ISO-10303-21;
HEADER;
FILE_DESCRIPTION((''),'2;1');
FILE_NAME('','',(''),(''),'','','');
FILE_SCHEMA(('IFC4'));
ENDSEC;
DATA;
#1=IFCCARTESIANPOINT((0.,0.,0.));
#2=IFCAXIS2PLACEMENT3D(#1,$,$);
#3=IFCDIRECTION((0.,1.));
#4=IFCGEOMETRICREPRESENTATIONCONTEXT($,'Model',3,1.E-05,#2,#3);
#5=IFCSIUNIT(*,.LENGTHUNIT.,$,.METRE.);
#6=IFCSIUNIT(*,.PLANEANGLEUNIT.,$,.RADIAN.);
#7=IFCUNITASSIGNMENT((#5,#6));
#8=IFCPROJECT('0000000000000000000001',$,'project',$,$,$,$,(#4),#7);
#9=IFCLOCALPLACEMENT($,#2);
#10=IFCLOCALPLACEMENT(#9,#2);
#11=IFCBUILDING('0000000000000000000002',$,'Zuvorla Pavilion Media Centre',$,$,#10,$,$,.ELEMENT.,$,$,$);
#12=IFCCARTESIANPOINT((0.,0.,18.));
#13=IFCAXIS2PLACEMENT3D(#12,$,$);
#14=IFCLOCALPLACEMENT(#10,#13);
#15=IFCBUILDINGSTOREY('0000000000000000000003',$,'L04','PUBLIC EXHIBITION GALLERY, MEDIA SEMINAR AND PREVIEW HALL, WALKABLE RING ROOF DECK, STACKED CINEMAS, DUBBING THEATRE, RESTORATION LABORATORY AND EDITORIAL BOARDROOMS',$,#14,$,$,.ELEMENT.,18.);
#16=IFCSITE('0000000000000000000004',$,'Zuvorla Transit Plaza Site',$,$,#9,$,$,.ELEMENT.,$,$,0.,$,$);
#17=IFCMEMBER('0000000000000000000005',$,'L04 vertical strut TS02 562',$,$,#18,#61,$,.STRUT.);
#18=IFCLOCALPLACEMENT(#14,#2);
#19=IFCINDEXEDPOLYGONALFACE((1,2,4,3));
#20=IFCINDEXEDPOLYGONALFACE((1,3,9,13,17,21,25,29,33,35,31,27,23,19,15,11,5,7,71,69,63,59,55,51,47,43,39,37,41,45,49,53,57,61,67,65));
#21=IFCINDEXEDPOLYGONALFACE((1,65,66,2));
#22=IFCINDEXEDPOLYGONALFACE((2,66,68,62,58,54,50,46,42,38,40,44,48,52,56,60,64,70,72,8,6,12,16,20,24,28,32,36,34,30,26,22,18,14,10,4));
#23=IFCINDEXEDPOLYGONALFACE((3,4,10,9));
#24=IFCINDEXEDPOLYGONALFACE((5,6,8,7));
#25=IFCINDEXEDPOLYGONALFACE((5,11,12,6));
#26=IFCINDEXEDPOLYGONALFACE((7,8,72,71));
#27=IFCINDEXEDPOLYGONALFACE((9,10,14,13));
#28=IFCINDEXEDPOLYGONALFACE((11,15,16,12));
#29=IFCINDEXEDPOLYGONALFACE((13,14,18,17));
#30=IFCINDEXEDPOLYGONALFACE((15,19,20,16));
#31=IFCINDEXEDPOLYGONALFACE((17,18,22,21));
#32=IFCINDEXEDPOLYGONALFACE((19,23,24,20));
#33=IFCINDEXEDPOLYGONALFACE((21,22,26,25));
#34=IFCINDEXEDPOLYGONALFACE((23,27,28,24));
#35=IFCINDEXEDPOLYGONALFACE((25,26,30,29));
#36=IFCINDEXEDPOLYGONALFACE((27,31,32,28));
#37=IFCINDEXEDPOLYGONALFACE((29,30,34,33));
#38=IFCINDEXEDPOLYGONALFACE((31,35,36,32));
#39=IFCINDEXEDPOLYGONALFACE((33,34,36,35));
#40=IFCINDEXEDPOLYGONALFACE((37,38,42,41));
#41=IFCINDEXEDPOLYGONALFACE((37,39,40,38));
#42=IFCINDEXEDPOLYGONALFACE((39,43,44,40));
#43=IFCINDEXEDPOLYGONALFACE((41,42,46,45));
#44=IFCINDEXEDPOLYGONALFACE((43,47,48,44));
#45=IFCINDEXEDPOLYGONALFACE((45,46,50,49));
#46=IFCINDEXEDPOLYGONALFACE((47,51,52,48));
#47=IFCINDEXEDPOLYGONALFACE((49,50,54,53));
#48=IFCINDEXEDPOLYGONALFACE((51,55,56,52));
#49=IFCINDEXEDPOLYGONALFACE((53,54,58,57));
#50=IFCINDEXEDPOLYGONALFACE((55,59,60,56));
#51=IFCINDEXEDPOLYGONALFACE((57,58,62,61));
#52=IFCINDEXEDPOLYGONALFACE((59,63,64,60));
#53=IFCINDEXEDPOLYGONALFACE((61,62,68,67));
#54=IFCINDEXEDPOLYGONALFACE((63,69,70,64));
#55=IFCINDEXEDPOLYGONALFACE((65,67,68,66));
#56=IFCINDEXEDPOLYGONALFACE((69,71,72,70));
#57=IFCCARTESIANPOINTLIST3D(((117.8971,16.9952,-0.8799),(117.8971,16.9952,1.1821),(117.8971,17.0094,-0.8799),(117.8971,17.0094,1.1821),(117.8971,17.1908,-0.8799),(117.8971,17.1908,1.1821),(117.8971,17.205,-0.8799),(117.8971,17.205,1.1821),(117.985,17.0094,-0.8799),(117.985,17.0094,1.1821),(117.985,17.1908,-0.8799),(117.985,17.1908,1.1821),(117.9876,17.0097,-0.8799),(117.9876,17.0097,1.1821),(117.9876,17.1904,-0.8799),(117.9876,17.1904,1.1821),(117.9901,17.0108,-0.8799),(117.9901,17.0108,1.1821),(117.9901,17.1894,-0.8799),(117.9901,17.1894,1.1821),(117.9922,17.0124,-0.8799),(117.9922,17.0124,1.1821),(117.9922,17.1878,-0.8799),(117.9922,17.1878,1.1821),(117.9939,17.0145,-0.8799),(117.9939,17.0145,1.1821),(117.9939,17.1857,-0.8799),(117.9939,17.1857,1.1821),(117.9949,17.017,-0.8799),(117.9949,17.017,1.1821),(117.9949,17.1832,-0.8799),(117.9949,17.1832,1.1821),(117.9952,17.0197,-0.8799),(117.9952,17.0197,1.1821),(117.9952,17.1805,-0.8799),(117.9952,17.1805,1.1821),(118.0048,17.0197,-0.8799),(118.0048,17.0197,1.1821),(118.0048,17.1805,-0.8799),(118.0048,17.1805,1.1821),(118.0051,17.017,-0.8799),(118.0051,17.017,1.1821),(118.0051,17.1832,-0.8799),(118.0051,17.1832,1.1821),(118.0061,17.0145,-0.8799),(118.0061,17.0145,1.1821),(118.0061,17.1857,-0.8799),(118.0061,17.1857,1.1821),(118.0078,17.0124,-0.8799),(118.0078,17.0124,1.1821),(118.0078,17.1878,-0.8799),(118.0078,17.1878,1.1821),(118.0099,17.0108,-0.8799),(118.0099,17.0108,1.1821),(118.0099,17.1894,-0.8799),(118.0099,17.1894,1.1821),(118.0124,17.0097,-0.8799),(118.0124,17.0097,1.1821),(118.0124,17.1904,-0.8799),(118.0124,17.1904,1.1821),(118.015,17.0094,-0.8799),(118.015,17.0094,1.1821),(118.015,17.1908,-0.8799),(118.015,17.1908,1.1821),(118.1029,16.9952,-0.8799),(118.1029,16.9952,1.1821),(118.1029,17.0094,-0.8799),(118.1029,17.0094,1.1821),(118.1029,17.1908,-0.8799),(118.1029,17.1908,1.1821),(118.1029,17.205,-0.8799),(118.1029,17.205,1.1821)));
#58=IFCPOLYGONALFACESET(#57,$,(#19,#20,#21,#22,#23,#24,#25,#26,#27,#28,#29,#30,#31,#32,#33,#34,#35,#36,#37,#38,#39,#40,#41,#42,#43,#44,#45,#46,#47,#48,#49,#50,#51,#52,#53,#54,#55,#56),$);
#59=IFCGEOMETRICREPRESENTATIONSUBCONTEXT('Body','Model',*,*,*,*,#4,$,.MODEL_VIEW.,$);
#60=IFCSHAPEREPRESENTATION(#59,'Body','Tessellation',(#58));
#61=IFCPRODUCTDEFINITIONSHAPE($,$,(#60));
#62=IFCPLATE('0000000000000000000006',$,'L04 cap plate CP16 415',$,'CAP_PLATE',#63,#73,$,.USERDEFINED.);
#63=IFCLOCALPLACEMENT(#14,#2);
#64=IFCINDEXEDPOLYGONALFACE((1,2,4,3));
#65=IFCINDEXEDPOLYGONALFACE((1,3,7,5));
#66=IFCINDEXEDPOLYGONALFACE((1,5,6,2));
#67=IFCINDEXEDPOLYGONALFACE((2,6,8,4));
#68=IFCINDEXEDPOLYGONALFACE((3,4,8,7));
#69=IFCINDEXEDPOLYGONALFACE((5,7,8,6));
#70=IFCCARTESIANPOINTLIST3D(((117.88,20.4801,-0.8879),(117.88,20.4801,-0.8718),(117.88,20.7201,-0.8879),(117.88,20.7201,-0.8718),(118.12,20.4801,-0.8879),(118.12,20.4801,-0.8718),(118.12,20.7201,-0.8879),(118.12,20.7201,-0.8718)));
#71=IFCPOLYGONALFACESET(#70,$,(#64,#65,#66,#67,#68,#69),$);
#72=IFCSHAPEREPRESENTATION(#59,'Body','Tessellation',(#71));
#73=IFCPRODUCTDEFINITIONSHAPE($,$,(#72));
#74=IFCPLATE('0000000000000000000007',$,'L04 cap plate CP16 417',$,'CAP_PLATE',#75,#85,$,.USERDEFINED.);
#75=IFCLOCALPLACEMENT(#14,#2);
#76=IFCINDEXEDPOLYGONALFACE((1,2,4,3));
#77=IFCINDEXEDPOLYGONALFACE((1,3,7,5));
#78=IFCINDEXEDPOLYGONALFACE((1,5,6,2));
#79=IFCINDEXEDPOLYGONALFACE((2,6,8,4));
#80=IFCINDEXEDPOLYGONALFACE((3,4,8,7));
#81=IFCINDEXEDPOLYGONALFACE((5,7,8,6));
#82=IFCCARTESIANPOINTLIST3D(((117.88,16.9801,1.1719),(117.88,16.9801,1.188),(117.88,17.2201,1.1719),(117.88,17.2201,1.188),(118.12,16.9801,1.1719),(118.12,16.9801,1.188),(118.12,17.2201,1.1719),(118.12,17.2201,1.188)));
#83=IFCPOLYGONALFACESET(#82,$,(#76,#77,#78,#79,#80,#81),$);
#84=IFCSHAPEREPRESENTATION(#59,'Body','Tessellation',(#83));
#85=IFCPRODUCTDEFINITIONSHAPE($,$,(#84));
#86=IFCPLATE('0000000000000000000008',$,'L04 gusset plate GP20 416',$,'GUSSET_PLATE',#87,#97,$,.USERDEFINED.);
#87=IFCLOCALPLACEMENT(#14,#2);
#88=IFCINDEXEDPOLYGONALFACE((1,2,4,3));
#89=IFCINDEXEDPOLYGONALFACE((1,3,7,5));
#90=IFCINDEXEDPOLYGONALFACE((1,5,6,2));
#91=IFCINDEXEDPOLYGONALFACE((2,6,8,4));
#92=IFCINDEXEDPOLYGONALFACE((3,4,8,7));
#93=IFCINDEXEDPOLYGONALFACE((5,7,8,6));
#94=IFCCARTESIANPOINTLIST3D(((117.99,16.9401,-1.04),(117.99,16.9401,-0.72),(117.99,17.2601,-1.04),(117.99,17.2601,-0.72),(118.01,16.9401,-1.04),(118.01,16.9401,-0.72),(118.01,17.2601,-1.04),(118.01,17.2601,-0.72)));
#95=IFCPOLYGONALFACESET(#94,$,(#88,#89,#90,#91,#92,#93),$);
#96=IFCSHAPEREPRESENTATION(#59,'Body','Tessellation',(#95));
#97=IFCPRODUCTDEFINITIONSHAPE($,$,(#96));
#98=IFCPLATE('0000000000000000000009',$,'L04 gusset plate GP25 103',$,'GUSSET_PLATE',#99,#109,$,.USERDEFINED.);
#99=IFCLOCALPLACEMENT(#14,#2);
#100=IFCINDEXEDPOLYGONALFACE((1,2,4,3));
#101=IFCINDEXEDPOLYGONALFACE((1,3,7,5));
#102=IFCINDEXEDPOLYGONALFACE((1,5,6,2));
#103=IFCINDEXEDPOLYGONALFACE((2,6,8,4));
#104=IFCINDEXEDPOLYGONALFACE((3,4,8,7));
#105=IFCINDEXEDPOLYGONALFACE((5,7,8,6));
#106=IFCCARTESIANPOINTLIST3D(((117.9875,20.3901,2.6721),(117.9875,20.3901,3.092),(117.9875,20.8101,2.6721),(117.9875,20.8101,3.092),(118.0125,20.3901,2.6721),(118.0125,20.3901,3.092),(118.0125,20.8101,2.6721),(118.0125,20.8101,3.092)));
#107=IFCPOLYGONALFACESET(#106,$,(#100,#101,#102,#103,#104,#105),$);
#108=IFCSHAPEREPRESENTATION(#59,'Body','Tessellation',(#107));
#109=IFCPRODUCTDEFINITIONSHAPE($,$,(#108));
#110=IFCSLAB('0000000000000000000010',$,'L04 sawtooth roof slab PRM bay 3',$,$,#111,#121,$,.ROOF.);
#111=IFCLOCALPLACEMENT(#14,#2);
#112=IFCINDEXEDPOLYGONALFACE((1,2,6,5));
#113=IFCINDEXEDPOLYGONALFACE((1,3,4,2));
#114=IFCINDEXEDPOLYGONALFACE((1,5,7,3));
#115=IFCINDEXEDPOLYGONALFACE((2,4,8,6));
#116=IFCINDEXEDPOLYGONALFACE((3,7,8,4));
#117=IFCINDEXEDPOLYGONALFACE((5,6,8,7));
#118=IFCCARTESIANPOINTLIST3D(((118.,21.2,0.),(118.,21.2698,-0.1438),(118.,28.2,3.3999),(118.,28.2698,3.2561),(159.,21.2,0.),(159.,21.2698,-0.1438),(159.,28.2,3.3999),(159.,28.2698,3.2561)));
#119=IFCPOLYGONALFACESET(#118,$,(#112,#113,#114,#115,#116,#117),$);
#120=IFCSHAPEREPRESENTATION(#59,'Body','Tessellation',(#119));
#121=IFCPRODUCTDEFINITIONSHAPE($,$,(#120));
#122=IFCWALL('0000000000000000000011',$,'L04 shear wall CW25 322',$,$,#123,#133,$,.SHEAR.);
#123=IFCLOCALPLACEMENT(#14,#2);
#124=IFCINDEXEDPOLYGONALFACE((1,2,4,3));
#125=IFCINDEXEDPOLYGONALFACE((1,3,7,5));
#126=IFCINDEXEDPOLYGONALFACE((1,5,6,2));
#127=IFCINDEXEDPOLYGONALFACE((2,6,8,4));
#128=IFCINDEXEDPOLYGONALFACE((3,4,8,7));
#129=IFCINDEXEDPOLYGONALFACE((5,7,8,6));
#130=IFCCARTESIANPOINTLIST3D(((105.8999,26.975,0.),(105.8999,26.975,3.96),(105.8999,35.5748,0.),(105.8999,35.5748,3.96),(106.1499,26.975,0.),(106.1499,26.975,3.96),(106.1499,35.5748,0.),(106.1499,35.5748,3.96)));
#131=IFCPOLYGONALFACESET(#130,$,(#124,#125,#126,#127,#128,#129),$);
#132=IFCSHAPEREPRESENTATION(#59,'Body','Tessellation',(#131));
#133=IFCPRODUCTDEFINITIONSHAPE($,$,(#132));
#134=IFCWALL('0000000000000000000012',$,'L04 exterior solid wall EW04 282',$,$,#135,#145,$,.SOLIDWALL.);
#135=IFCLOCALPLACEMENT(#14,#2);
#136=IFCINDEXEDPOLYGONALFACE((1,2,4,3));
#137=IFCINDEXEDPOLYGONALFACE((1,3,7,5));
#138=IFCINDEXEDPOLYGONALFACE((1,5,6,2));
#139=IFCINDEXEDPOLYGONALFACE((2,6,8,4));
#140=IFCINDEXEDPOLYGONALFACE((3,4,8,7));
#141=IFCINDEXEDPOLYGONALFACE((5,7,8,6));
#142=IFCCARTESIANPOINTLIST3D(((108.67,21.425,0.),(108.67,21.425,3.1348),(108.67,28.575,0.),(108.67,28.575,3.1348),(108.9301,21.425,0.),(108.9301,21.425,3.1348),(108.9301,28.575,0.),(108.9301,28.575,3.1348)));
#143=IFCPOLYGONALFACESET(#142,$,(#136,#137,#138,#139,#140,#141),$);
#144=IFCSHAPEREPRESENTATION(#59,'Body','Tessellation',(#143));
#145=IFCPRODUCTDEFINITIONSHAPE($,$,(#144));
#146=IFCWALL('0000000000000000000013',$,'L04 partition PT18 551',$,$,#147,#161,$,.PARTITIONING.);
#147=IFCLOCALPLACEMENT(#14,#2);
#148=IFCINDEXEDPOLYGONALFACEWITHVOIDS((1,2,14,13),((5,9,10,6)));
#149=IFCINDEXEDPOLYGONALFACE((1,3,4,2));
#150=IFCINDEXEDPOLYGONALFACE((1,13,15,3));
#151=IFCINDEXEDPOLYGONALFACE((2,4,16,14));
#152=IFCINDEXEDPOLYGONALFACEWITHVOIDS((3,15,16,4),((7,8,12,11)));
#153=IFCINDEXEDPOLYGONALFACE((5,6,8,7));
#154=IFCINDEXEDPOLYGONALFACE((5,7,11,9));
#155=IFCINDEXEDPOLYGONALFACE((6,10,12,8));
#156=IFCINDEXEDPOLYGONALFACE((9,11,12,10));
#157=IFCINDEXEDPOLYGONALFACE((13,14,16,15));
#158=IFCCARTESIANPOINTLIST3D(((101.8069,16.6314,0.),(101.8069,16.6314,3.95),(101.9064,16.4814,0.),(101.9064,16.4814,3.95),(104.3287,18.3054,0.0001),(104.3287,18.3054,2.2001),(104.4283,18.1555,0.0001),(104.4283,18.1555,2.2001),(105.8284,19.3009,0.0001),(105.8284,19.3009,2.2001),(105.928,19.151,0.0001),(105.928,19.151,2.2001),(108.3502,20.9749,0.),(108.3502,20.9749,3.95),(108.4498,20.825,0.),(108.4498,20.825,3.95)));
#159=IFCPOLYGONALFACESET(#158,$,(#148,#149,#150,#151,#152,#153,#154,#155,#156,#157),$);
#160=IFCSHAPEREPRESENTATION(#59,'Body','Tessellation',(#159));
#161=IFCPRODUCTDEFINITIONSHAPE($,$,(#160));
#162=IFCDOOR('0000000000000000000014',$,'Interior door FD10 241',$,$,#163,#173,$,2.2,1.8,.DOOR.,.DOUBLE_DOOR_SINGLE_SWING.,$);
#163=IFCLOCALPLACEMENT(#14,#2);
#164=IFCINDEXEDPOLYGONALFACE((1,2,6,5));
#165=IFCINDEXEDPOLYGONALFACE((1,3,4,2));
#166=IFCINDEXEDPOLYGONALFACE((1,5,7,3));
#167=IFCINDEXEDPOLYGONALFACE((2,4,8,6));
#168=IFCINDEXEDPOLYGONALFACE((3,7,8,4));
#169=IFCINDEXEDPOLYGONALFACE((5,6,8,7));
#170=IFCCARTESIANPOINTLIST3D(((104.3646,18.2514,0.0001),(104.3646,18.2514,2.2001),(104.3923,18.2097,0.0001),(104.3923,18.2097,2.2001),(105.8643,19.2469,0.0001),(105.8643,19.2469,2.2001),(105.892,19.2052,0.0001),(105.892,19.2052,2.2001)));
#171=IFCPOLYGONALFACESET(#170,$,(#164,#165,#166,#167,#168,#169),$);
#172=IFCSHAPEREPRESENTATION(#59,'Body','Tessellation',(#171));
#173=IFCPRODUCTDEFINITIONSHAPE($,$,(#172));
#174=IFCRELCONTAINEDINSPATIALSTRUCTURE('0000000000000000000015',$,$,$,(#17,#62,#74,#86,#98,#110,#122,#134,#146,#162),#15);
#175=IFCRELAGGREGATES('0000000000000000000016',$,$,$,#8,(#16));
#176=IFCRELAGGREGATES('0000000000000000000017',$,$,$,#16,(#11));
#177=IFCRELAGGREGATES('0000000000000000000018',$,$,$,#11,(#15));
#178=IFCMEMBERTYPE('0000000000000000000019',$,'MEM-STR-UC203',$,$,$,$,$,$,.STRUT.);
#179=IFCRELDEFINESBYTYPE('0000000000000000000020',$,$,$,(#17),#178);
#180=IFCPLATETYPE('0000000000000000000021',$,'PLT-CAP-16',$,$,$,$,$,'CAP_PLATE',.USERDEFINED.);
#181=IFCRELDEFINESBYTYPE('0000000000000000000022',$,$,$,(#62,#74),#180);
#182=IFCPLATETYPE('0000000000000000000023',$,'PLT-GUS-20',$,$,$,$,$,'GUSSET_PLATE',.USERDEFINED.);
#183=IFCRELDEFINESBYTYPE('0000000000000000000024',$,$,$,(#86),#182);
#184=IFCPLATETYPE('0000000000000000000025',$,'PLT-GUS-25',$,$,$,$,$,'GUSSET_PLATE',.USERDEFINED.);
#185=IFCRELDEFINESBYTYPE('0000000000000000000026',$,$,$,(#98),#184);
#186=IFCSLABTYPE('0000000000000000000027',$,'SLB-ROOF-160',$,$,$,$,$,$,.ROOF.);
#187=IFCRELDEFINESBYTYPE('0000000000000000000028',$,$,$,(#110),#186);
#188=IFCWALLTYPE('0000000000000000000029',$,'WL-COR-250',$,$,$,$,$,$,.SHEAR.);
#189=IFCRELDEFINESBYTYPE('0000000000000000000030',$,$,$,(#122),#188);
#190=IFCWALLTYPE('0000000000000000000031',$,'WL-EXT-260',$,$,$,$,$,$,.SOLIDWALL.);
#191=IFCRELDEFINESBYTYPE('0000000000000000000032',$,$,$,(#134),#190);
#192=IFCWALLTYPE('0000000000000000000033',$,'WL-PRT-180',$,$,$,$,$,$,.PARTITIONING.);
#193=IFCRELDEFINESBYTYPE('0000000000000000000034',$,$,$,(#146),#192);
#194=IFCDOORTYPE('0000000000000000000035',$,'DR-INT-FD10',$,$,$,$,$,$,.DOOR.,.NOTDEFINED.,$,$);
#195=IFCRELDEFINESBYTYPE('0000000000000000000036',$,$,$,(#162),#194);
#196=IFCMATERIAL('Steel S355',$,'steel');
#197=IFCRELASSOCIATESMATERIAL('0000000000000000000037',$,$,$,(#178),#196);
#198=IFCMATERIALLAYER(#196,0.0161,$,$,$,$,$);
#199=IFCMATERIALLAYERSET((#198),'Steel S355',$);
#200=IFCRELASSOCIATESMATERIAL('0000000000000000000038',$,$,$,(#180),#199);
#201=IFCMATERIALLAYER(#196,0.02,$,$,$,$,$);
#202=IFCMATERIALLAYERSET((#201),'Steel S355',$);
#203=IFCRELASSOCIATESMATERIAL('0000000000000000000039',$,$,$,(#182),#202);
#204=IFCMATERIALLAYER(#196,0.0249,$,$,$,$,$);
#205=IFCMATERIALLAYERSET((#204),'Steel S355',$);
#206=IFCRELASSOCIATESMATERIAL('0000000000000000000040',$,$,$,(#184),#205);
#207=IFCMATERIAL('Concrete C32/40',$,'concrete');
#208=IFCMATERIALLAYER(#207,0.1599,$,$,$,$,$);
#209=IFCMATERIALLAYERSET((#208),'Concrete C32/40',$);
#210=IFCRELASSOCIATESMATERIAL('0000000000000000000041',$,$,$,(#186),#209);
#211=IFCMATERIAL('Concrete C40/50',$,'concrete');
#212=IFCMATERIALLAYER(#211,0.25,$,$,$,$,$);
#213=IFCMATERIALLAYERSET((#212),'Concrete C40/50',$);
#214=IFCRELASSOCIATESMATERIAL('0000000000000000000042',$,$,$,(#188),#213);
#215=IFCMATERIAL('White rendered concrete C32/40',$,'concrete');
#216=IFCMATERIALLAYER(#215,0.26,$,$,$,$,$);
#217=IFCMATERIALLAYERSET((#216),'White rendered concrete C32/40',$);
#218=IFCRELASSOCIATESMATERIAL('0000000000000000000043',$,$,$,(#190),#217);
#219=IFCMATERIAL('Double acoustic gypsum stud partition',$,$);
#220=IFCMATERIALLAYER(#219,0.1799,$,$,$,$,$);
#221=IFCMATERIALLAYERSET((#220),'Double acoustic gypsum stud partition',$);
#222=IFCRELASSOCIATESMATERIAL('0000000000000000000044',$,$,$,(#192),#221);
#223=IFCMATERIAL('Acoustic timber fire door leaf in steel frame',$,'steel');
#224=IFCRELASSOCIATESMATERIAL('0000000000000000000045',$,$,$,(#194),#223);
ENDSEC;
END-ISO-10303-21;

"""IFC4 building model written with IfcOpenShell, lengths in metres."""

from ifc_helpers import new_model, si_unit, direction, frame, frame_2d, origin, origin_2d, place, context, subcontext, project, spatial, polyline, rectangle, i_section, outline, extrude, material, layer, layer_set, material_profile, profile_set, type_object, element, fill, save


model = new_model("IFC4")

# Units and contexts
model_context = context("Model", 3, precision=1e-05, world=origin(), true_north=direction((0.0, 1.0)))
body_context = subcontext(model_context, "Body", "Model", "MODEL_VIEW")
ifc_project = project(units=[si_unit("LENGTHUNIT", "METRE"), si_unit("PLANEANGLEUNIT", "RADIAN")], contexts=[model_context])

# Site, building, storey
site_placement = place(None, origin())
site = spatial("IfcSite", under=ifc_project, at=site_placement, Name="Zuvorla Transit Plaza Site", CompositionType="ELEMENT", RefElevation=0.0)
building_placement = place(site_placement, origin())
building = spatial("IfcBuilding", under=site, at=building_placement, Name="Zuvorla Pavilion Media Centre", CompositionType="ELEMENT")
storey_placement = place(building_placement, frame((0.0, 0.0, 18.0)))
storey = spatial("IfcBuildingStorey", under=building, at=storey_placement, Name="L04", Description="PUBLIC EXHIBITION GALLERY, MEDIA SEMINAR AND PREVIEW HALL, WALKABLE RING ROOF DECK, STACKED CINEMAS, DUBBING THEATRE, RESTORATION LABORATORY AND EDITORIAL BOARDROOMS", CompositionType="ELEMENT", Elevation=18.0)

# Shared definitions
ifc_material_1 = material(Name="Concrete C40/50", Category="concrete")

# Shared definitions
ifc_material_2 = material(Name="Steel S355", Category="steel")

# Member
ifc_material_profile_1 = material_profile(ifc_material_2, i_section(OverallWidth=0.2058, OverallDepth=0.2097, WebThickness=0.0095, FlangeThickness=0.0142, FilletRadius=0.0103, at=origin_2d()), Name="UC 203x203x60")
ifc_profile_set_1 = profile_set([ifc_material_profile_1], Name="Steel S355")
member_type_1 = type_object("IfcMemberType", Name="MEM-STR-UC203", PredefinedType="STRUT", material=ifc_profile_set_1)
member_1_placement = place(storey_placement, frame((118.0, 17.1001, -0.8799), z_axis=(0.0, 0.0, 1.0), x_axis=(1.0, 0.0, 0.0)))
element("IfcMember", 1, at=member_1_placement, inside=storey, type_object=member_type_1, Name="L04 vertical strut TS02 562", PredefinedType="STRUT", context=body_context, shape_type="SweptSolid", body=[
    extrude(i_section(OverallWidth=0.2058, OverallDepth=0.2097, WebThickness=0.0095, FlangeThickness=0.0142, FilletRadius=0.0103, at=origin_2d()), origin(), (0.0, 0.0, 1.0), 2.062),
])

# Plates
ifc_layer_1 = layer(ifc_material_2, 0.0161)
ifc_layer_set_1 = layer_set([ifc_layer_1], Name="Steel S355")
plate_type_1 = type_object("IfcPlateType", Name="PLT-CAP-16", ElementType="CAP_PLATE", PredefinedType="USERDEFINED", material=ifc_layer_set_1)
for number, where, z_axis, x_axis, name in (
    (2, (118.0, 20.6001, -0.8879), (0.0, 0.0, 1.0), (1.0, 0.0, 0.0), "L04 cap plate CP16 415"),
    (3, (118.0, 17.1001, 1.1719), (0.0, 0.0, 1.0), (1.0, 0.0, 0.0), "L04 cap plate CP16 417"),
):
    element("IfcPlate", number, at=place(storey_placement, frame(where, z_axis=z_axis, x_axis=x_axis)), inside=storey, type_object=plate_type_1, Name=name, ObjectType="CAP_PLATE", PredefinedType="USERDEFINED", context=body_context, shape_type="SweptSolid", body=[
        extrude(rectangle(XDim=0.24, YDim=0.24, at=origin_2d()), origin(), (0.0, 0.0, 1.0), 0.0161),
    ])
ifc_layer_2 = layer(ifc_material_2, 0.02)
ifc_layer_set_2 = layer_set([ifc_layer_2], Name="Steel S355")
plate_type_2 = type_object("IfcPlateType", Name="PLT-GUS-20", ElementType="GUSSET_PLATE", PredefinedType="USERDEFINED", material=ifc_layer_set_2)
plate_1_placement = place(storey_placement, frame((118.0, 17.1001, -1.04), z_axis=(0.0, 0.0, 1.0), x_axis=(1.0, 0.0, 0.0)))
element("IfcPlate", 4, at=plate_1_placement, inside=storey, type_object=plate_type_2, Name="L04 gusset plate GP20 416", ObjectType="GUSSET_PLATE", PredefinedType="USERDEFINED", context=body_context, shape_type="SweptSolid", body=[
    extrude(rectangle(XDim=0.02, YDim=0.3201, at=origin_2d()), origin(), (0.0, 0.0, 1.0), 0.3201),
])
ifc_layer_3 = layer(ifc_material_2, 0.0249)
ifc_layer_set_3 = layer_set([ifc_layer_3], Name="Steel S355")
plate_type_3 = type_object("IfcPlateType", Name="PLT-GUS-25", ElementType="GUSSET_PLATE", PredefinedType="USERDEFINED", material=ifc_layer_set_3)
plate_2_placement = place(storey_placement, frame((118.0, 20.6001, 2.6721), z_axis=(0.0, 0.0, 1.0), x_axis=(1.0, 0.0, 0.0)))
element("IfcPlate", 5, at=plate_2_placement, inside=storey, type_object=plate_type_3, Name="L04 gusset plate GP25 103", ObjectType="GUSSET_PLATE", PredefinedType="USERDEFINED", context=body_context, shape_type="SweptSolid", body=[
    extrude(rectangle(XDim=0.0249, YDim=0.4199, at=origin_2d()), origin(), (0.0, 0.0, 1.0), 0.4199),
])

# Slab
ifc_material_3 = material(Name="Concrete C32/40", Category="concrete")
ifc_layer_4 = layer(ifc_material_3, 0.1599)
ifc_layer_set_4 = layer_set([ifc_layer_4], Name="Concrete C32/40")
slab_type = type_object("IfcSlabType", Name="SLB-ROOF-160", PredefinedType="ROOF", material=ifc_layer_set_4)
slab_placement = place(storey_placement, frame((118.0, 21.2, 0.0), z_axis=(0.0, -0.436894, 0.899513), x_axis=(1.0, 0.0, 0.0)))
element("IfcSlab", 6, at=slab_placement, inside=storey, type_object=slab_type, Name="L04 sawtooth roof slab PRM bay 3", PredefinedType="ROOF", context=body_context, shape_type="SweptSolid", body=[
    extrude(outline(polyline([(0.0, 0.0), (41.0, 0.0), (41.0, 7.782), (0.0, 7.782), (0.0, 0.0)])), origin(), (0.0, 0.0, -1.0), 0.1599),
])

# Walls
ifc_layer_5 = layer(ifc_material_1, 0.25)
ifc_layer_set_5 = layer_set([ifc_layer_5], Name="Concrete C40/50")
wall_type_1 = type_object("IfcWallType", Name="WL-COR-250", PredefinedType="SHEAR", material=ifc_layer_set_5)
wall_1_placement = place(storey_placement, frame((106.0249, 26.9751, 0.0), z_axis=(0.0, 0.0, 1.0), x_axis=(0.0, 1.0, 0.0)))
element("IfcWall", 7, at=wall_1_placement, inside=storey, type_object=wall_type_1, Name="L04 shear wall CW25 322", PredefinedType="SHEAR", context=body_context, shape_type="SweptSolid", body=[
    extrude(rectangle(XDim=8.5999, YDim=0.25, at=frame_2d((4.2998, 0.0))), origin(), (0.0, 0.0, 1.0), 3.96),
])
ifc_material_4 = material(Name="White rendered concrete C32/40", Category="concrete")
ifc_layer_6 = layer(ifc_material_4, 0.26)
ifc_layer_set_6 = layer_set([ifc_layer_6], Name="White rendered concrete C32/40")
wall_type_2 = type_object("IfcWallType", Name="WL-EXT-260", PredefinedType="SOLIDWALL", material=ifc_layer_set_6)
wall_2_placement = place(storey_placement, frame((108.8, 21.425, 0.0), z_axis=(0.0, 0.0, 1.0), x_axis=(0.0, 1.0, 0.0)))
element("IfcWall", 8, at=wall_2_placement, inside=storey, type_object=wall_type_2, Name="L04 exterior solid wall EW04 282", PredefinedType="SOLIDWALL", context=body_context, shape_type="SweptSolid", body=[
    extrude(rectangle(XDim=7.1499, YDim=0.26, at=frame_2d((3.575, 0.0))), origin(), (0.0, 0.0, 1.0), 3.1348),
])

# Wall, opening, door
ifc_material_5 = material(Name="Double acoustic gypsum stud partition")
ifc_layer_7 = layer(ifc_material_5, 0.1799)
ifc_layer_set_7 = layer_set([ifc_layer_7], Name="Double acoustic gypsum stud partition")
wall_type_3 = type_object("IfcWallType", Name="WL-PRT-180", PredefinedType="PARTITIONING", material=ifc_layer_set_7)
wall_3_placement = place(storey_placement, frame((108.3999, 20.8999, 0.0), z_axis=(0.0, 0.0, 1.0), x_axis=(-0.833144, -0.553056, 0.0)))
wall_3 = element("IfcWall", 9, at=wall_3_placement, inside=storey, type_object=wall_type_3, Name="L04 partition PT18 551", PredefinedType="PARTITIONING", context=body_context, shape_type="SweptSolid", body=[
    extrude(rectangle(XDim=7.8538, YDim=0.1799, at=frame_2d((3.9268, 0.0))), origin(), (0.0, 0.0, 1.0), 3.95),
])
opening_placement = place(wall_3_placement, frame((3.0269, 0.0, 0.0)))
opening = element("IfcOpeningElement", 10, at=opening_placement, cuts=wall_3, PredefinedType="OPENING", context=body_context, shape_type="SweptSolid", body=[
    extrude(rectangle(XDim=1.8, YDim=2.2, at=frame_2d((0.8999, 1.1001))), frame((0.0, 0.0999, 0.0), z_axis=(0.0, -1.0, 0.0), x_axis=(1.0, 0.0, 0.0)), (0.0, 0.0, 1.0), 0.2),
])
ifc_material_6 = material(Name="Acoustic timber fire door leaf in steel frame", Category="steel")
door_type = type_object("IfcDoorType", Name="DR-INT-FD10", OperationType="NOTDEFINED", PredefinedType="DOOR", material=ifc_material_6)
door_placement = place(opening_placement, origin())
door = element("IfcDoor", 11, at=door_placement, inside=storey, type_object=door_type, Name="Interior door FD10 241", OperationType="DOUBLE_DOOR_SINGLE_SWING", OverallHeight=2.2, OverallWidth=1.8, PredefinedType="DOOR", context=body_context, shape_type="SweptSolid", body=[
    extrude(rectangle(XDim=1.8, YDim=2.2, at=frame_2d((0.8999, 1.1001))), frame((0.0, 0.0249, 0.0), z_axis=(0.0, -1.0, 0.0), x_axis=(1.0, 0.0, 0.0)), (0.0, 0.0, 1.0), 0.05),
])
fill(opening, door)

save(model, "model.ifc")
